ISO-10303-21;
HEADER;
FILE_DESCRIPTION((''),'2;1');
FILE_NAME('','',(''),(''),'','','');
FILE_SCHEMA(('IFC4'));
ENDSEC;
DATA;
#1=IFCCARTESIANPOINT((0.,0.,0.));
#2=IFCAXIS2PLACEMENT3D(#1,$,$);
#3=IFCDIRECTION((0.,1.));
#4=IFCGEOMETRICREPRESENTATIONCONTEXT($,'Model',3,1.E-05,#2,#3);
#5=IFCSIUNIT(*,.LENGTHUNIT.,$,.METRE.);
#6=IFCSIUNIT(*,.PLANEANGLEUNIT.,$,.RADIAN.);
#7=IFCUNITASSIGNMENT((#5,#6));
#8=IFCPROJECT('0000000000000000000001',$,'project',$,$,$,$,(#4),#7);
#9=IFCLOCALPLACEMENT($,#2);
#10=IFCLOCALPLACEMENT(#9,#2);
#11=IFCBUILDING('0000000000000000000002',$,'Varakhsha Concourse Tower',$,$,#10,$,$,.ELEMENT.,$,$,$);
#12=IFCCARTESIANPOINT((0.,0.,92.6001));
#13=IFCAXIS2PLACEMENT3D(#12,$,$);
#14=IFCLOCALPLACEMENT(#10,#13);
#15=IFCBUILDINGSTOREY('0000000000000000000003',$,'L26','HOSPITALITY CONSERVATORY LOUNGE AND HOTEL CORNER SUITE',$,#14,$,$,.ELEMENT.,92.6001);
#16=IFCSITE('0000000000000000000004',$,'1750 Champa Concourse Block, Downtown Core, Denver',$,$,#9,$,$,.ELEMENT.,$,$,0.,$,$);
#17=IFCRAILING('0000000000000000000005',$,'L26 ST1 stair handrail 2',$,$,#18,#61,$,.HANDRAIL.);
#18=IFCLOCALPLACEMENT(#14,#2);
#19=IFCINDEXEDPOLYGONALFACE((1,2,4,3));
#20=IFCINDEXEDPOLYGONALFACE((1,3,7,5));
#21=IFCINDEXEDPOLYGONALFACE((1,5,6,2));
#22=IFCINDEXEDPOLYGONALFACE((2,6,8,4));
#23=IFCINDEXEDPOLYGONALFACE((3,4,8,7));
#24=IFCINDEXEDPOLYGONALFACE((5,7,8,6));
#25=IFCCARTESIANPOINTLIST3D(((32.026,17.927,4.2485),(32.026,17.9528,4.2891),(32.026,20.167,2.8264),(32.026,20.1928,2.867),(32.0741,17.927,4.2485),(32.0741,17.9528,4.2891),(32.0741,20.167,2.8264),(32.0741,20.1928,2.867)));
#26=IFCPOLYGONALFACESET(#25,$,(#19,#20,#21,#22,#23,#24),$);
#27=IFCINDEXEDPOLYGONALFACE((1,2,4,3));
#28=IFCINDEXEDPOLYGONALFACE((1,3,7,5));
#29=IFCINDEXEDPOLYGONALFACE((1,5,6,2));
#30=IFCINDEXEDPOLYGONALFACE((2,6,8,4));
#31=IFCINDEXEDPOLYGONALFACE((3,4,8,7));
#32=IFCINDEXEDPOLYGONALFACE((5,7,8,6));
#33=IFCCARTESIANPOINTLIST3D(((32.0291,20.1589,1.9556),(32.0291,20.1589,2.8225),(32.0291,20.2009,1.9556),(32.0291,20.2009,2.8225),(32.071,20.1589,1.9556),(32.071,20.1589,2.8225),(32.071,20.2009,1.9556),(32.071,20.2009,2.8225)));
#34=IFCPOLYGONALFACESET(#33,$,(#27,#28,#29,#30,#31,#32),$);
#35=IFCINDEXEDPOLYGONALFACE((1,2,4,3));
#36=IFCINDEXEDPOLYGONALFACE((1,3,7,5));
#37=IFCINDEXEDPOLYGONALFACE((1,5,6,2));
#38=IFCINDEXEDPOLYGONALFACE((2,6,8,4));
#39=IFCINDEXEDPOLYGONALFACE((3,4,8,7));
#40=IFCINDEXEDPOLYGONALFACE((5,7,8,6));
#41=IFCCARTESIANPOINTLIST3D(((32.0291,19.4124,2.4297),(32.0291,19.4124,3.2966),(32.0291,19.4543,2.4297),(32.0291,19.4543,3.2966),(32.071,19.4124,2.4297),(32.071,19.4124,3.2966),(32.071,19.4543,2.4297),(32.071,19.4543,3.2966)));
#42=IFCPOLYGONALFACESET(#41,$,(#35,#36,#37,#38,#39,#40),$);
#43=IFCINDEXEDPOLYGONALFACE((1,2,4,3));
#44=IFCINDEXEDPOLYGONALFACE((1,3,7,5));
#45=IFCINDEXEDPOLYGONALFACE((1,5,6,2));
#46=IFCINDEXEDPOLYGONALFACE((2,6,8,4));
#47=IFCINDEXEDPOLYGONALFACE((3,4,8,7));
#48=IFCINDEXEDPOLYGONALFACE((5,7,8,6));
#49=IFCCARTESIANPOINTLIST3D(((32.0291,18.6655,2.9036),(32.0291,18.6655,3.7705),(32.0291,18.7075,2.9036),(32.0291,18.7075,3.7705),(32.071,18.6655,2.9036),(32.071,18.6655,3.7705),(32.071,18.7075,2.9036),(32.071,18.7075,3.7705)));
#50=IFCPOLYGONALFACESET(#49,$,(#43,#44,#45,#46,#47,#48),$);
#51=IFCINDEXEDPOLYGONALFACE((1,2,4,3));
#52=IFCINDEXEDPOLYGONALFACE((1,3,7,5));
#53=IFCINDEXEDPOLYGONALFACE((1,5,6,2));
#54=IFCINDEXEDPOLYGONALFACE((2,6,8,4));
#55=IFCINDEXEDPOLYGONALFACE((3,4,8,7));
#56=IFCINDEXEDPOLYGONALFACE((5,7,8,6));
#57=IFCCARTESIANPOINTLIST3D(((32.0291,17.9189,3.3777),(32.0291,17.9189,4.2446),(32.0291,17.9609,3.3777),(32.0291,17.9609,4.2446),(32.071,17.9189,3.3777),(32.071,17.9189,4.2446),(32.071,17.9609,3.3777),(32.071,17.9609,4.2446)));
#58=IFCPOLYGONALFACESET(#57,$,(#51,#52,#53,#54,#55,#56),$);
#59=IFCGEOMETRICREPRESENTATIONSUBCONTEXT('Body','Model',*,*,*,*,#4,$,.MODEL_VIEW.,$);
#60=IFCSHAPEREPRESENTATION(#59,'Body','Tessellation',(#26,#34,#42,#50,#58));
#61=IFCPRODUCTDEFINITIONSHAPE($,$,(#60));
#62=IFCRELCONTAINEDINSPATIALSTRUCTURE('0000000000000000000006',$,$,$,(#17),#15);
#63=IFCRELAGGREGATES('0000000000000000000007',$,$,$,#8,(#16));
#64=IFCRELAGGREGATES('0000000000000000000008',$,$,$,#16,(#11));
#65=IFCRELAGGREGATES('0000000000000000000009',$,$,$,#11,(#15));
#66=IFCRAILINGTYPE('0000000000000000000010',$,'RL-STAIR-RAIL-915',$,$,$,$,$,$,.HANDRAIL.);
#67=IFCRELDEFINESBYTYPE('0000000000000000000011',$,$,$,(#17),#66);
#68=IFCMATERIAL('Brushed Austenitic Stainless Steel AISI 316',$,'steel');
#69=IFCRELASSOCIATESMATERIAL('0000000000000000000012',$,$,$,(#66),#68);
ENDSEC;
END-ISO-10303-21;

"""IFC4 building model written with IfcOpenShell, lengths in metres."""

from ifc_helpers import new_model, si_unit, direction, frame, origin, origin_2d, place, context, subcontext, project, spatial, rectangle, extrude, material, type_object, element, save


model = new_model("IFC4")

# Units and contexts
model_context = context("Model", 3, precision=1e-05, world=origin(), true_north=direction((0.0, 1.0)))
body_context = subcontext(model_context, "Body", "Model", "MODEL_VIEW")
ifc_project = project(units=[si_unit("LENGTHUNIT", "METRE"), si_unit("PLANEANGLEUNIT", "RADIAN")], contexts=[model_context])

# Site, building, storey
site_placement = place(None, origin())
site = spatial("IfcSite", under=ifc_project, at=site_placement, Name="1750 Champa Concourse Block, Downtown Core, Denver", CompositionType="ELEMENT", RefElevation=0.0)
building_placement = place(site_placement, origin())
building = spatial("IfcBuilding", under=site, at=building_placement, Name="Varakhsha Concourse Tower", CompositionType="ELEMENT")
storey_placement = place(building_placement, frame((0.0, 0.0, 92.6001)))
storey = spatial("IfcBuildingStorey", under=building, at=storey_placement, Name="L26", Description="HOSPITALITY CONSERVATORY LOUNGE AND HOTEL CORNER SUITE", CompositionType="ELEMENT", Elevation=92.6001)

# Railing
ifc_material_1 = material(Name="Brushed Austenitic Stainless Steel AISI 316", Category="steel")
railing_type_1 = type_object("IfcRailingType", Name="RL-STAIR-RAIL-915", PredefinedType="HANDRAIL", material=ifc_material_1)
railing_1_placement = place(storey_placement, frame((32.05, 20.1799, 1.9556)))
element("IfcRailing", 1, at=railing_1_placement, inside=storey, type_object=railing_type_1, Name="L26 ST1 stair handrail 2", PredefinedType="HANDRAIL", context=body_context, shape_type="SweptSolid", body=[
    extrude(rectangle(XDim=0.0481, YDim=0.0481, at=origin_2d()), frame((0.0, 0.0, 0.8911), z_axis=(0.0, -0.844229, 0.535982), x_axis=(1.0, 0.0, 0.0)), (0.0, 0.0, 1.0), 2.6533),
    extrude(rectangle(XDim=0.042, YDim=0.042, at=origin_2d()), origin(), (0.0, 0.0, 1.0), 0.8669),
    extrude(rectangle(XDim=0.042, YDim=0.042, at=origin_2d()), frame((0.0, -0.7466, 0.4741)), (0.0, 0.0, 1.0), 0.8669),
    extrude(rectangle(XDim=0.042, YDim=0.042, at=origin_2d()), frame((0.0, -1.4934, 0.948)), (0.0, 0.0, 1.0), 0.8669),
    extrude(rectangle(XDim=0.042, YDim=0.042, at=origin_2d()), frame((0.0, -2.24, 1.4221)), (0.0, 0.0, 1.0), 0.8669),
])

save(model, "model.ifc")
